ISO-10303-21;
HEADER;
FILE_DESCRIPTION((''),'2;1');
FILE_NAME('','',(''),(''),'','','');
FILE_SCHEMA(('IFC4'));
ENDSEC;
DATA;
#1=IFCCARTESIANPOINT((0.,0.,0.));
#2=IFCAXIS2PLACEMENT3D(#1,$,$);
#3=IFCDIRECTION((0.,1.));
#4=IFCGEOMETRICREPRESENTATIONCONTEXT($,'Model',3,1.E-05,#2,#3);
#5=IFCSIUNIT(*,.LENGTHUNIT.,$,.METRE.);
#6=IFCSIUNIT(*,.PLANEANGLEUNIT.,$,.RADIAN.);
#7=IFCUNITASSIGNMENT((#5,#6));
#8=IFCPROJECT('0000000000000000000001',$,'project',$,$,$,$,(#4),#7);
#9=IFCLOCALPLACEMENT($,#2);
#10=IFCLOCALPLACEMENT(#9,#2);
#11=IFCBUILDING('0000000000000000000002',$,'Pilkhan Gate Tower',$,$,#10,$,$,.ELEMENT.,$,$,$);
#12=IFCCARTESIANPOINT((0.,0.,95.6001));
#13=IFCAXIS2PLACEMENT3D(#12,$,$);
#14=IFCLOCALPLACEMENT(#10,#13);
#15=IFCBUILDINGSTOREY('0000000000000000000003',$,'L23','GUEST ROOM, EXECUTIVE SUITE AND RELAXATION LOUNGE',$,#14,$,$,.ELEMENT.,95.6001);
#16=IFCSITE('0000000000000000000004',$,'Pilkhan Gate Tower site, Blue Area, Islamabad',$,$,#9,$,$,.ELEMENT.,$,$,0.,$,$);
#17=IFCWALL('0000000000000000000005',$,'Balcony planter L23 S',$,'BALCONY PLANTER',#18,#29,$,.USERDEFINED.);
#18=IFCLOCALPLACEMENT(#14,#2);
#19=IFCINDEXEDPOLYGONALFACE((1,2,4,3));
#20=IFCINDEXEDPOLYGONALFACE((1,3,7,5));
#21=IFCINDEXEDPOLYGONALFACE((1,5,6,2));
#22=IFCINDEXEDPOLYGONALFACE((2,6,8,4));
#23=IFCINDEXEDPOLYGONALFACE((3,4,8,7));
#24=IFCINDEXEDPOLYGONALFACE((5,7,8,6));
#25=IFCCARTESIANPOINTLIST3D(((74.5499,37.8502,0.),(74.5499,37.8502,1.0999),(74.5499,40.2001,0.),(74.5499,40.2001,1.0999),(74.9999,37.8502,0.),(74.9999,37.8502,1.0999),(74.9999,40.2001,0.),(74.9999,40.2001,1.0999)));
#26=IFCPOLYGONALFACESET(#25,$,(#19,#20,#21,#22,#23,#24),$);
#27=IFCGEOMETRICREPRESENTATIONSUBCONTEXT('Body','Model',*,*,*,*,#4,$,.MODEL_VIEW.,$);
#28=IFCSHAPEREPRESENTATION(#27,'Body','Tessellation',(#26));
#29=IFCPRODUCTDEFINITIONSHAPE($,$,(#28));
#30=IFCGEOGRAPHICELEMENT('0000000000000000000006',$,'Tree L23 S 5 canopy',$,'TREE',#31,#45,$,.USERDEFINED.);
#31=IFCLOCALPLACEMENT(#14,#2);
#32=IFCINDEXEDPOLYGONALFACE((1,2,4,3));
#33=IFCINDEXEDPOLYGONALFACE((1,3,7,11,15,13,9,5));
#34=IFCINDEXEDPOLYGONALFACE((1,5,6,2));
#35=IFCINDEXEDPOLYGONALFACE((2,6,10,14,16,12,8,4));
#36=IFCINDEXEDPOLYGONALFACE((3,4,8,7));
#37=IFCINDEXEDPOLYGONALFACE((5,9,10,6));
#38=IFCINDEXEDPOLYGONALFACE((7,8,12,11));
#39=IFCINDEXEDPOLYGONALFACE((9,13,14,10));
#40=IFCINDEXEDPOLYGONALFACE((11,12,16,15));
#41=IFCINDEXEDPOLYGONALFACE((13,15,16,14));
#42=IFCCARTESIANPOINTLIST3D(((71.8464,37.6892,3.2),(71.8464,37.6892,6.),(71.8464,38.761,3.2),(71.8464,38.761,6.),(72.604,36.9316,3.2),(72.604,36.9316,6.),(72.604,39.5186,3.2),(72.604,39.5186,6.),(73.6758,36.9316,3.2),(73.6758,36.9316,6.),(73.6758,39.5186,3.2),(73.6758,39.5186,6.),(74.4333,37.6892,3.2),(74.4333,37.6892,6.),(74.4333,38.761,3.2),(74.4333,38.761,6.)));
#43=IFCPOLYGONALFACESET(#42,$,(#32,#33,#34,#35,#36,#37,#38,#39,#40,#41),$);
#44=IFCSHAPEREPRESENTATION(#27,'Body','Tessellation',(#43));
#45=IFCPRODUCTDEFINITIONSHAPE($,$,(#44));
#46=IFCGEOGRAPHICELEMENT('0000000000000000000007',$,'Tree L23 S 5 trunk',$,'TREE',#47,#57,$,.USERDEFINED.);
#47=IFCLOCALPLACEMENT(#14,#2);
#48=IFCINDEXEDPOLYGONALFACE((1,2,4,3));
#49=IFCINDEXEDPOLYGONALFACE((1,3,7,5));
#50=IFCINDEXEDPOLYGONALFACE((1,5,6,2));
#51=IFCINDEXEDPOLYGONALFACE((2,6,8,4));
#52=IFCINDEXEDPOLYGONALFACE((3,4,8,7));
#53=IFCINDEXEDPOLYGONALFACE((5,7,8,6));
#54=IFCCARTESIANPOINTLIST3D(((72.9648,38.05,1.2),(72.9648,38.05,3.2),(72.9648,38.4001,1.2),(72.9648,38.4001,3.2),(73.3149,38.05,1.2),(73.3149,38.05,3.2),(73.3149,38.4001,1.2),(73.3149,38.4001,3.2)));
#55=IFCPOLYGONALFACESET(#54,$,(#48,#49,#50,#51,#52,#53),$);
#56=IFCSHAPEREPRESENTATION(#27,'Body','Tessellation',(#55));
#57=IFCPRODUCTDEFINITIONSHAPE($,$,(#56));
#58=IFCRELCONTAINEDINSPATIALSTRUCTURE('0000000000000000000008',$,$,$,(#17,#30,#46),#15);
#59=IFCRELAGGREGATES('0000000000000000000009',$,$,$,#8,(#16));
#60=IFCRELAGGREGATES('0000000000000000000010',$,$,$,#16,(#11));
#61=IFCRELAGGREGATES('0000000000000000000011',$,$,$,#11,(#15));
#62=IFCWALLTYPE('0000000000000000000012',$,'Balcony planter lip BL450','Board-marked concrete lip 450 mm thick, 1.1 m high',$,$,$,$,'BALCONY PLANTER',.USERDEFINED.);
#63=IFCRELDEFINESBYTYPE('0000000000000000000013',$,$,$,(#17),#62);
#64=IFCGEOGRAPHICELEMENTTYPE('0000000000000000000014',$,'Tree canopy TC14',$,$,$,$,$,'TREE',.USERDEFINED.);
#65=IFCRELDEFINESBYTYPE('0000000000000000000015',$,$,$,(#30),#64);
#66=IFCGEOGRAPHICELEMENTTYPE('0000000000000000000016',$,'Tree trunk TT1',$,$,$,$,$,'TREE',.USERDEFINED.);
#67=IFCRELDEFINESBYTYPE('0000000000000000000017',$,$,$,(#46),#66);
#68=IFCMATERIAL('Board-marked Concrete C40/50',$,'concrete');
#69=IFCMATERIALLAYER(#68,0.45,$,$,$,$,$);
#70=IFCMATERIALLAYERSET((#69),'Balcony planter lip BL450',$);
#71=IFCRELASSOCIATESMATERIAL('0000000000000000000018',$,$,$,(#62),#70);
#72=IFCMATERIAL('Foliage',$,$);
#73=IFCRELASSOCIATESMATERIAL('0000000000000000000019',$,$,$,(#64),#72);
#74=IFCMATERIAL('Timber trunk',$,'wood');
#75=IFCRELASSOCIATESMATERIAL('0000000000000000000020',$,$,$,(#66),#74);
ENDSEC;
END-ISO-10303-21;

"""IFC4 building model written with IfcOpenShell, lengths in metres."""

from ifc_helpers import new_model, si_unit, direction, frame, frame_2d, origin, origin_2d, place, context, subcontext, project, spatial, polyline, rectangle, outline, extrude, material, layer, layer_set, material_profile, profile_set, type_object, element, save


model = new_model("IFC4")

# Units and contexts
model_context = context("Model", 3, precision=1e-05, world=origin(), true_north=direction((0.0, 1.0)))
body_context = subcontext(model_context, "Body", "Model", "MODEL_VIEW")
ifc_project = project(units=[si_unit("LENGTHUNIT", "METRE"), si_unit("PLANEANGLEUNIT", "RADIAN")], contexts=[model_context])

# Site, building, storey
site_placement = place(None, origin())
site = spatial("IfcSite", under=ifc_project, at=site_placement, Name="Pilkhan Gate Tower site, Blue Area, Islamabad", CompositionType="ELEMENT", RefElevation=0.0)
building_placement = place(site_placement, origin())
building = spatial("IfcBuilding", under=site, at=building_placement, Name="Pilkhan Gate Tower", CompositionType="ELEMENT")
storey_placement = place(building_placement, frame((0.0, 0.0, 95.6001)))
storey = spatial("IfcBuildingStorey", under=building, at=storey_placement, Name="L23", Description="GUEST ROOM, EXECUTIVE SUITE AND RELAXATION LOUNGE", CompositionType="ELEMENT", Elevation=95.6001)

# Wall
ifc_material_1 = material(Name="Board-marked Concrete C40/50", Category="concrete")
ifc_layer_1 = layer(ifc_material_1, 0.45)
ifc_layer_set_1 = layer_set([ifc_layer_1], Name="Balcony planter lip BL450")
wall_type_1 = type_object("IfcWallType", Name="Balcony planter lip BL450", Description="Board-marked concrete lip 450 mm thick, 1.1 m high", ElementType="BALCONY PLANTER", PredefinedType="USERDEFINED", material=ifc_layer_set_1)
wall_1_placement = place(storey_placement, frame((74.7749, 40.2, 0.0), z_axis=(0.0, 0.0, 1.0), x_axis=(0.0, -1.0, 0.0)))
element("IfcWall", 1, at=wall_1_placement, inside=storey, type_object=wall_type_1, Name="Balcony planter L23 S", ObjectType="BALCONY PLANTER", PredefinedType="USERDEFINED", context=body_context, shape_type="SweptSolid", body=[
    extrude(rectangle(XDim=2.3499, YDim=0.45, at=frame_2d((1.1748, 0.0))), origin(), (0.0, 0.0, 1.0), 1.0999),
])

# Geographic elements
ifc_material_2 = material(Name="Foliage")
ifc_material_profile_1 = material_profile(ifc_material_2, outline(polyline([(1.2935, 0.5359), (0.5359, 1.2935), (-0.5359, 1.2935), (-1.2935, 0.5359), (-1.2935, -0.5359), (-0.5359, -1.2935), (0.5359, -1.2935), (1.2935, -0.5359), (1.2935, 0.5359)])), Name="Canopy D2.8")
ifc_profile_set_1 = profile_set([ifc_material_profile_1], Name="Foliage")
geographic_element_type_1 = type_object("IfcGeographicElementType", Name="Tree canopy TC14", ElementType="TREE", PredefinedType="USERDEFINED", material=ifc_profile_set_1)
geographic_element_1_placement = place(storey_placement, frame((73.1399, 38.2251, 3.2), z_axis=(0.0, 0.0, 1.0), x_axis=(1.0, 0.0, 0.0)))
element("IfcGeographicElement", 2, at=geographic_element_1_placement, inside=storey, type_object=geographic_element_type_1, Name="Tree L23 S 5 canopy", ObjectType="TREE", PredefinedType="USERDEFINED", context=body_context, shape_type="SweptSolid", body=[
    extrude(outline(polyline([(1.2935, 0.5359), (0.5359, 1.2935), (-0.5359, 1.2935), (-1.2935, 0.5359), (-1.2935, -0.5359), (-0.5359, -1.2935), (0.5359, -1.2935), (1.2935, -0.5359), (1.2935, 0.5359)])), origin(), (0.0, 0.0, 1.0), 2.8),
])
ifc_material_3 = material(Name="Timber trunk", Category="wood")
geographic_element_type_2 = type_object("IfcGeographicElementType", Name="Tree trunk TT1", ElementType="TREE", PredefinedType="USERDEFINED", material=ifc_material_3)
geographic_element_2_placement = place(storey_placement, frame((73.1399, 38.2251, 1.2), z_axis=(0.0, 0.0, 1.0), x_axis=(1.0, 0.0, 0.0)))
element("IfcGeographicElement", 3, at=geographic_element_2_placement, inside=storey, type_object=geographic_element_type_2, Name="Tree L23 S 5 trunk", ObjectType="TREE", PredefinedType="USERDEFINED", context=body_context, shape_type="SweptSolid", body=[
    extrude(rectangle(XDim=0.3501, YDim=0.3501, at=origin_2d()), origin(), (0.0, 0.0, 1.0), 2.0),
])

save(model, "model.ifc")
